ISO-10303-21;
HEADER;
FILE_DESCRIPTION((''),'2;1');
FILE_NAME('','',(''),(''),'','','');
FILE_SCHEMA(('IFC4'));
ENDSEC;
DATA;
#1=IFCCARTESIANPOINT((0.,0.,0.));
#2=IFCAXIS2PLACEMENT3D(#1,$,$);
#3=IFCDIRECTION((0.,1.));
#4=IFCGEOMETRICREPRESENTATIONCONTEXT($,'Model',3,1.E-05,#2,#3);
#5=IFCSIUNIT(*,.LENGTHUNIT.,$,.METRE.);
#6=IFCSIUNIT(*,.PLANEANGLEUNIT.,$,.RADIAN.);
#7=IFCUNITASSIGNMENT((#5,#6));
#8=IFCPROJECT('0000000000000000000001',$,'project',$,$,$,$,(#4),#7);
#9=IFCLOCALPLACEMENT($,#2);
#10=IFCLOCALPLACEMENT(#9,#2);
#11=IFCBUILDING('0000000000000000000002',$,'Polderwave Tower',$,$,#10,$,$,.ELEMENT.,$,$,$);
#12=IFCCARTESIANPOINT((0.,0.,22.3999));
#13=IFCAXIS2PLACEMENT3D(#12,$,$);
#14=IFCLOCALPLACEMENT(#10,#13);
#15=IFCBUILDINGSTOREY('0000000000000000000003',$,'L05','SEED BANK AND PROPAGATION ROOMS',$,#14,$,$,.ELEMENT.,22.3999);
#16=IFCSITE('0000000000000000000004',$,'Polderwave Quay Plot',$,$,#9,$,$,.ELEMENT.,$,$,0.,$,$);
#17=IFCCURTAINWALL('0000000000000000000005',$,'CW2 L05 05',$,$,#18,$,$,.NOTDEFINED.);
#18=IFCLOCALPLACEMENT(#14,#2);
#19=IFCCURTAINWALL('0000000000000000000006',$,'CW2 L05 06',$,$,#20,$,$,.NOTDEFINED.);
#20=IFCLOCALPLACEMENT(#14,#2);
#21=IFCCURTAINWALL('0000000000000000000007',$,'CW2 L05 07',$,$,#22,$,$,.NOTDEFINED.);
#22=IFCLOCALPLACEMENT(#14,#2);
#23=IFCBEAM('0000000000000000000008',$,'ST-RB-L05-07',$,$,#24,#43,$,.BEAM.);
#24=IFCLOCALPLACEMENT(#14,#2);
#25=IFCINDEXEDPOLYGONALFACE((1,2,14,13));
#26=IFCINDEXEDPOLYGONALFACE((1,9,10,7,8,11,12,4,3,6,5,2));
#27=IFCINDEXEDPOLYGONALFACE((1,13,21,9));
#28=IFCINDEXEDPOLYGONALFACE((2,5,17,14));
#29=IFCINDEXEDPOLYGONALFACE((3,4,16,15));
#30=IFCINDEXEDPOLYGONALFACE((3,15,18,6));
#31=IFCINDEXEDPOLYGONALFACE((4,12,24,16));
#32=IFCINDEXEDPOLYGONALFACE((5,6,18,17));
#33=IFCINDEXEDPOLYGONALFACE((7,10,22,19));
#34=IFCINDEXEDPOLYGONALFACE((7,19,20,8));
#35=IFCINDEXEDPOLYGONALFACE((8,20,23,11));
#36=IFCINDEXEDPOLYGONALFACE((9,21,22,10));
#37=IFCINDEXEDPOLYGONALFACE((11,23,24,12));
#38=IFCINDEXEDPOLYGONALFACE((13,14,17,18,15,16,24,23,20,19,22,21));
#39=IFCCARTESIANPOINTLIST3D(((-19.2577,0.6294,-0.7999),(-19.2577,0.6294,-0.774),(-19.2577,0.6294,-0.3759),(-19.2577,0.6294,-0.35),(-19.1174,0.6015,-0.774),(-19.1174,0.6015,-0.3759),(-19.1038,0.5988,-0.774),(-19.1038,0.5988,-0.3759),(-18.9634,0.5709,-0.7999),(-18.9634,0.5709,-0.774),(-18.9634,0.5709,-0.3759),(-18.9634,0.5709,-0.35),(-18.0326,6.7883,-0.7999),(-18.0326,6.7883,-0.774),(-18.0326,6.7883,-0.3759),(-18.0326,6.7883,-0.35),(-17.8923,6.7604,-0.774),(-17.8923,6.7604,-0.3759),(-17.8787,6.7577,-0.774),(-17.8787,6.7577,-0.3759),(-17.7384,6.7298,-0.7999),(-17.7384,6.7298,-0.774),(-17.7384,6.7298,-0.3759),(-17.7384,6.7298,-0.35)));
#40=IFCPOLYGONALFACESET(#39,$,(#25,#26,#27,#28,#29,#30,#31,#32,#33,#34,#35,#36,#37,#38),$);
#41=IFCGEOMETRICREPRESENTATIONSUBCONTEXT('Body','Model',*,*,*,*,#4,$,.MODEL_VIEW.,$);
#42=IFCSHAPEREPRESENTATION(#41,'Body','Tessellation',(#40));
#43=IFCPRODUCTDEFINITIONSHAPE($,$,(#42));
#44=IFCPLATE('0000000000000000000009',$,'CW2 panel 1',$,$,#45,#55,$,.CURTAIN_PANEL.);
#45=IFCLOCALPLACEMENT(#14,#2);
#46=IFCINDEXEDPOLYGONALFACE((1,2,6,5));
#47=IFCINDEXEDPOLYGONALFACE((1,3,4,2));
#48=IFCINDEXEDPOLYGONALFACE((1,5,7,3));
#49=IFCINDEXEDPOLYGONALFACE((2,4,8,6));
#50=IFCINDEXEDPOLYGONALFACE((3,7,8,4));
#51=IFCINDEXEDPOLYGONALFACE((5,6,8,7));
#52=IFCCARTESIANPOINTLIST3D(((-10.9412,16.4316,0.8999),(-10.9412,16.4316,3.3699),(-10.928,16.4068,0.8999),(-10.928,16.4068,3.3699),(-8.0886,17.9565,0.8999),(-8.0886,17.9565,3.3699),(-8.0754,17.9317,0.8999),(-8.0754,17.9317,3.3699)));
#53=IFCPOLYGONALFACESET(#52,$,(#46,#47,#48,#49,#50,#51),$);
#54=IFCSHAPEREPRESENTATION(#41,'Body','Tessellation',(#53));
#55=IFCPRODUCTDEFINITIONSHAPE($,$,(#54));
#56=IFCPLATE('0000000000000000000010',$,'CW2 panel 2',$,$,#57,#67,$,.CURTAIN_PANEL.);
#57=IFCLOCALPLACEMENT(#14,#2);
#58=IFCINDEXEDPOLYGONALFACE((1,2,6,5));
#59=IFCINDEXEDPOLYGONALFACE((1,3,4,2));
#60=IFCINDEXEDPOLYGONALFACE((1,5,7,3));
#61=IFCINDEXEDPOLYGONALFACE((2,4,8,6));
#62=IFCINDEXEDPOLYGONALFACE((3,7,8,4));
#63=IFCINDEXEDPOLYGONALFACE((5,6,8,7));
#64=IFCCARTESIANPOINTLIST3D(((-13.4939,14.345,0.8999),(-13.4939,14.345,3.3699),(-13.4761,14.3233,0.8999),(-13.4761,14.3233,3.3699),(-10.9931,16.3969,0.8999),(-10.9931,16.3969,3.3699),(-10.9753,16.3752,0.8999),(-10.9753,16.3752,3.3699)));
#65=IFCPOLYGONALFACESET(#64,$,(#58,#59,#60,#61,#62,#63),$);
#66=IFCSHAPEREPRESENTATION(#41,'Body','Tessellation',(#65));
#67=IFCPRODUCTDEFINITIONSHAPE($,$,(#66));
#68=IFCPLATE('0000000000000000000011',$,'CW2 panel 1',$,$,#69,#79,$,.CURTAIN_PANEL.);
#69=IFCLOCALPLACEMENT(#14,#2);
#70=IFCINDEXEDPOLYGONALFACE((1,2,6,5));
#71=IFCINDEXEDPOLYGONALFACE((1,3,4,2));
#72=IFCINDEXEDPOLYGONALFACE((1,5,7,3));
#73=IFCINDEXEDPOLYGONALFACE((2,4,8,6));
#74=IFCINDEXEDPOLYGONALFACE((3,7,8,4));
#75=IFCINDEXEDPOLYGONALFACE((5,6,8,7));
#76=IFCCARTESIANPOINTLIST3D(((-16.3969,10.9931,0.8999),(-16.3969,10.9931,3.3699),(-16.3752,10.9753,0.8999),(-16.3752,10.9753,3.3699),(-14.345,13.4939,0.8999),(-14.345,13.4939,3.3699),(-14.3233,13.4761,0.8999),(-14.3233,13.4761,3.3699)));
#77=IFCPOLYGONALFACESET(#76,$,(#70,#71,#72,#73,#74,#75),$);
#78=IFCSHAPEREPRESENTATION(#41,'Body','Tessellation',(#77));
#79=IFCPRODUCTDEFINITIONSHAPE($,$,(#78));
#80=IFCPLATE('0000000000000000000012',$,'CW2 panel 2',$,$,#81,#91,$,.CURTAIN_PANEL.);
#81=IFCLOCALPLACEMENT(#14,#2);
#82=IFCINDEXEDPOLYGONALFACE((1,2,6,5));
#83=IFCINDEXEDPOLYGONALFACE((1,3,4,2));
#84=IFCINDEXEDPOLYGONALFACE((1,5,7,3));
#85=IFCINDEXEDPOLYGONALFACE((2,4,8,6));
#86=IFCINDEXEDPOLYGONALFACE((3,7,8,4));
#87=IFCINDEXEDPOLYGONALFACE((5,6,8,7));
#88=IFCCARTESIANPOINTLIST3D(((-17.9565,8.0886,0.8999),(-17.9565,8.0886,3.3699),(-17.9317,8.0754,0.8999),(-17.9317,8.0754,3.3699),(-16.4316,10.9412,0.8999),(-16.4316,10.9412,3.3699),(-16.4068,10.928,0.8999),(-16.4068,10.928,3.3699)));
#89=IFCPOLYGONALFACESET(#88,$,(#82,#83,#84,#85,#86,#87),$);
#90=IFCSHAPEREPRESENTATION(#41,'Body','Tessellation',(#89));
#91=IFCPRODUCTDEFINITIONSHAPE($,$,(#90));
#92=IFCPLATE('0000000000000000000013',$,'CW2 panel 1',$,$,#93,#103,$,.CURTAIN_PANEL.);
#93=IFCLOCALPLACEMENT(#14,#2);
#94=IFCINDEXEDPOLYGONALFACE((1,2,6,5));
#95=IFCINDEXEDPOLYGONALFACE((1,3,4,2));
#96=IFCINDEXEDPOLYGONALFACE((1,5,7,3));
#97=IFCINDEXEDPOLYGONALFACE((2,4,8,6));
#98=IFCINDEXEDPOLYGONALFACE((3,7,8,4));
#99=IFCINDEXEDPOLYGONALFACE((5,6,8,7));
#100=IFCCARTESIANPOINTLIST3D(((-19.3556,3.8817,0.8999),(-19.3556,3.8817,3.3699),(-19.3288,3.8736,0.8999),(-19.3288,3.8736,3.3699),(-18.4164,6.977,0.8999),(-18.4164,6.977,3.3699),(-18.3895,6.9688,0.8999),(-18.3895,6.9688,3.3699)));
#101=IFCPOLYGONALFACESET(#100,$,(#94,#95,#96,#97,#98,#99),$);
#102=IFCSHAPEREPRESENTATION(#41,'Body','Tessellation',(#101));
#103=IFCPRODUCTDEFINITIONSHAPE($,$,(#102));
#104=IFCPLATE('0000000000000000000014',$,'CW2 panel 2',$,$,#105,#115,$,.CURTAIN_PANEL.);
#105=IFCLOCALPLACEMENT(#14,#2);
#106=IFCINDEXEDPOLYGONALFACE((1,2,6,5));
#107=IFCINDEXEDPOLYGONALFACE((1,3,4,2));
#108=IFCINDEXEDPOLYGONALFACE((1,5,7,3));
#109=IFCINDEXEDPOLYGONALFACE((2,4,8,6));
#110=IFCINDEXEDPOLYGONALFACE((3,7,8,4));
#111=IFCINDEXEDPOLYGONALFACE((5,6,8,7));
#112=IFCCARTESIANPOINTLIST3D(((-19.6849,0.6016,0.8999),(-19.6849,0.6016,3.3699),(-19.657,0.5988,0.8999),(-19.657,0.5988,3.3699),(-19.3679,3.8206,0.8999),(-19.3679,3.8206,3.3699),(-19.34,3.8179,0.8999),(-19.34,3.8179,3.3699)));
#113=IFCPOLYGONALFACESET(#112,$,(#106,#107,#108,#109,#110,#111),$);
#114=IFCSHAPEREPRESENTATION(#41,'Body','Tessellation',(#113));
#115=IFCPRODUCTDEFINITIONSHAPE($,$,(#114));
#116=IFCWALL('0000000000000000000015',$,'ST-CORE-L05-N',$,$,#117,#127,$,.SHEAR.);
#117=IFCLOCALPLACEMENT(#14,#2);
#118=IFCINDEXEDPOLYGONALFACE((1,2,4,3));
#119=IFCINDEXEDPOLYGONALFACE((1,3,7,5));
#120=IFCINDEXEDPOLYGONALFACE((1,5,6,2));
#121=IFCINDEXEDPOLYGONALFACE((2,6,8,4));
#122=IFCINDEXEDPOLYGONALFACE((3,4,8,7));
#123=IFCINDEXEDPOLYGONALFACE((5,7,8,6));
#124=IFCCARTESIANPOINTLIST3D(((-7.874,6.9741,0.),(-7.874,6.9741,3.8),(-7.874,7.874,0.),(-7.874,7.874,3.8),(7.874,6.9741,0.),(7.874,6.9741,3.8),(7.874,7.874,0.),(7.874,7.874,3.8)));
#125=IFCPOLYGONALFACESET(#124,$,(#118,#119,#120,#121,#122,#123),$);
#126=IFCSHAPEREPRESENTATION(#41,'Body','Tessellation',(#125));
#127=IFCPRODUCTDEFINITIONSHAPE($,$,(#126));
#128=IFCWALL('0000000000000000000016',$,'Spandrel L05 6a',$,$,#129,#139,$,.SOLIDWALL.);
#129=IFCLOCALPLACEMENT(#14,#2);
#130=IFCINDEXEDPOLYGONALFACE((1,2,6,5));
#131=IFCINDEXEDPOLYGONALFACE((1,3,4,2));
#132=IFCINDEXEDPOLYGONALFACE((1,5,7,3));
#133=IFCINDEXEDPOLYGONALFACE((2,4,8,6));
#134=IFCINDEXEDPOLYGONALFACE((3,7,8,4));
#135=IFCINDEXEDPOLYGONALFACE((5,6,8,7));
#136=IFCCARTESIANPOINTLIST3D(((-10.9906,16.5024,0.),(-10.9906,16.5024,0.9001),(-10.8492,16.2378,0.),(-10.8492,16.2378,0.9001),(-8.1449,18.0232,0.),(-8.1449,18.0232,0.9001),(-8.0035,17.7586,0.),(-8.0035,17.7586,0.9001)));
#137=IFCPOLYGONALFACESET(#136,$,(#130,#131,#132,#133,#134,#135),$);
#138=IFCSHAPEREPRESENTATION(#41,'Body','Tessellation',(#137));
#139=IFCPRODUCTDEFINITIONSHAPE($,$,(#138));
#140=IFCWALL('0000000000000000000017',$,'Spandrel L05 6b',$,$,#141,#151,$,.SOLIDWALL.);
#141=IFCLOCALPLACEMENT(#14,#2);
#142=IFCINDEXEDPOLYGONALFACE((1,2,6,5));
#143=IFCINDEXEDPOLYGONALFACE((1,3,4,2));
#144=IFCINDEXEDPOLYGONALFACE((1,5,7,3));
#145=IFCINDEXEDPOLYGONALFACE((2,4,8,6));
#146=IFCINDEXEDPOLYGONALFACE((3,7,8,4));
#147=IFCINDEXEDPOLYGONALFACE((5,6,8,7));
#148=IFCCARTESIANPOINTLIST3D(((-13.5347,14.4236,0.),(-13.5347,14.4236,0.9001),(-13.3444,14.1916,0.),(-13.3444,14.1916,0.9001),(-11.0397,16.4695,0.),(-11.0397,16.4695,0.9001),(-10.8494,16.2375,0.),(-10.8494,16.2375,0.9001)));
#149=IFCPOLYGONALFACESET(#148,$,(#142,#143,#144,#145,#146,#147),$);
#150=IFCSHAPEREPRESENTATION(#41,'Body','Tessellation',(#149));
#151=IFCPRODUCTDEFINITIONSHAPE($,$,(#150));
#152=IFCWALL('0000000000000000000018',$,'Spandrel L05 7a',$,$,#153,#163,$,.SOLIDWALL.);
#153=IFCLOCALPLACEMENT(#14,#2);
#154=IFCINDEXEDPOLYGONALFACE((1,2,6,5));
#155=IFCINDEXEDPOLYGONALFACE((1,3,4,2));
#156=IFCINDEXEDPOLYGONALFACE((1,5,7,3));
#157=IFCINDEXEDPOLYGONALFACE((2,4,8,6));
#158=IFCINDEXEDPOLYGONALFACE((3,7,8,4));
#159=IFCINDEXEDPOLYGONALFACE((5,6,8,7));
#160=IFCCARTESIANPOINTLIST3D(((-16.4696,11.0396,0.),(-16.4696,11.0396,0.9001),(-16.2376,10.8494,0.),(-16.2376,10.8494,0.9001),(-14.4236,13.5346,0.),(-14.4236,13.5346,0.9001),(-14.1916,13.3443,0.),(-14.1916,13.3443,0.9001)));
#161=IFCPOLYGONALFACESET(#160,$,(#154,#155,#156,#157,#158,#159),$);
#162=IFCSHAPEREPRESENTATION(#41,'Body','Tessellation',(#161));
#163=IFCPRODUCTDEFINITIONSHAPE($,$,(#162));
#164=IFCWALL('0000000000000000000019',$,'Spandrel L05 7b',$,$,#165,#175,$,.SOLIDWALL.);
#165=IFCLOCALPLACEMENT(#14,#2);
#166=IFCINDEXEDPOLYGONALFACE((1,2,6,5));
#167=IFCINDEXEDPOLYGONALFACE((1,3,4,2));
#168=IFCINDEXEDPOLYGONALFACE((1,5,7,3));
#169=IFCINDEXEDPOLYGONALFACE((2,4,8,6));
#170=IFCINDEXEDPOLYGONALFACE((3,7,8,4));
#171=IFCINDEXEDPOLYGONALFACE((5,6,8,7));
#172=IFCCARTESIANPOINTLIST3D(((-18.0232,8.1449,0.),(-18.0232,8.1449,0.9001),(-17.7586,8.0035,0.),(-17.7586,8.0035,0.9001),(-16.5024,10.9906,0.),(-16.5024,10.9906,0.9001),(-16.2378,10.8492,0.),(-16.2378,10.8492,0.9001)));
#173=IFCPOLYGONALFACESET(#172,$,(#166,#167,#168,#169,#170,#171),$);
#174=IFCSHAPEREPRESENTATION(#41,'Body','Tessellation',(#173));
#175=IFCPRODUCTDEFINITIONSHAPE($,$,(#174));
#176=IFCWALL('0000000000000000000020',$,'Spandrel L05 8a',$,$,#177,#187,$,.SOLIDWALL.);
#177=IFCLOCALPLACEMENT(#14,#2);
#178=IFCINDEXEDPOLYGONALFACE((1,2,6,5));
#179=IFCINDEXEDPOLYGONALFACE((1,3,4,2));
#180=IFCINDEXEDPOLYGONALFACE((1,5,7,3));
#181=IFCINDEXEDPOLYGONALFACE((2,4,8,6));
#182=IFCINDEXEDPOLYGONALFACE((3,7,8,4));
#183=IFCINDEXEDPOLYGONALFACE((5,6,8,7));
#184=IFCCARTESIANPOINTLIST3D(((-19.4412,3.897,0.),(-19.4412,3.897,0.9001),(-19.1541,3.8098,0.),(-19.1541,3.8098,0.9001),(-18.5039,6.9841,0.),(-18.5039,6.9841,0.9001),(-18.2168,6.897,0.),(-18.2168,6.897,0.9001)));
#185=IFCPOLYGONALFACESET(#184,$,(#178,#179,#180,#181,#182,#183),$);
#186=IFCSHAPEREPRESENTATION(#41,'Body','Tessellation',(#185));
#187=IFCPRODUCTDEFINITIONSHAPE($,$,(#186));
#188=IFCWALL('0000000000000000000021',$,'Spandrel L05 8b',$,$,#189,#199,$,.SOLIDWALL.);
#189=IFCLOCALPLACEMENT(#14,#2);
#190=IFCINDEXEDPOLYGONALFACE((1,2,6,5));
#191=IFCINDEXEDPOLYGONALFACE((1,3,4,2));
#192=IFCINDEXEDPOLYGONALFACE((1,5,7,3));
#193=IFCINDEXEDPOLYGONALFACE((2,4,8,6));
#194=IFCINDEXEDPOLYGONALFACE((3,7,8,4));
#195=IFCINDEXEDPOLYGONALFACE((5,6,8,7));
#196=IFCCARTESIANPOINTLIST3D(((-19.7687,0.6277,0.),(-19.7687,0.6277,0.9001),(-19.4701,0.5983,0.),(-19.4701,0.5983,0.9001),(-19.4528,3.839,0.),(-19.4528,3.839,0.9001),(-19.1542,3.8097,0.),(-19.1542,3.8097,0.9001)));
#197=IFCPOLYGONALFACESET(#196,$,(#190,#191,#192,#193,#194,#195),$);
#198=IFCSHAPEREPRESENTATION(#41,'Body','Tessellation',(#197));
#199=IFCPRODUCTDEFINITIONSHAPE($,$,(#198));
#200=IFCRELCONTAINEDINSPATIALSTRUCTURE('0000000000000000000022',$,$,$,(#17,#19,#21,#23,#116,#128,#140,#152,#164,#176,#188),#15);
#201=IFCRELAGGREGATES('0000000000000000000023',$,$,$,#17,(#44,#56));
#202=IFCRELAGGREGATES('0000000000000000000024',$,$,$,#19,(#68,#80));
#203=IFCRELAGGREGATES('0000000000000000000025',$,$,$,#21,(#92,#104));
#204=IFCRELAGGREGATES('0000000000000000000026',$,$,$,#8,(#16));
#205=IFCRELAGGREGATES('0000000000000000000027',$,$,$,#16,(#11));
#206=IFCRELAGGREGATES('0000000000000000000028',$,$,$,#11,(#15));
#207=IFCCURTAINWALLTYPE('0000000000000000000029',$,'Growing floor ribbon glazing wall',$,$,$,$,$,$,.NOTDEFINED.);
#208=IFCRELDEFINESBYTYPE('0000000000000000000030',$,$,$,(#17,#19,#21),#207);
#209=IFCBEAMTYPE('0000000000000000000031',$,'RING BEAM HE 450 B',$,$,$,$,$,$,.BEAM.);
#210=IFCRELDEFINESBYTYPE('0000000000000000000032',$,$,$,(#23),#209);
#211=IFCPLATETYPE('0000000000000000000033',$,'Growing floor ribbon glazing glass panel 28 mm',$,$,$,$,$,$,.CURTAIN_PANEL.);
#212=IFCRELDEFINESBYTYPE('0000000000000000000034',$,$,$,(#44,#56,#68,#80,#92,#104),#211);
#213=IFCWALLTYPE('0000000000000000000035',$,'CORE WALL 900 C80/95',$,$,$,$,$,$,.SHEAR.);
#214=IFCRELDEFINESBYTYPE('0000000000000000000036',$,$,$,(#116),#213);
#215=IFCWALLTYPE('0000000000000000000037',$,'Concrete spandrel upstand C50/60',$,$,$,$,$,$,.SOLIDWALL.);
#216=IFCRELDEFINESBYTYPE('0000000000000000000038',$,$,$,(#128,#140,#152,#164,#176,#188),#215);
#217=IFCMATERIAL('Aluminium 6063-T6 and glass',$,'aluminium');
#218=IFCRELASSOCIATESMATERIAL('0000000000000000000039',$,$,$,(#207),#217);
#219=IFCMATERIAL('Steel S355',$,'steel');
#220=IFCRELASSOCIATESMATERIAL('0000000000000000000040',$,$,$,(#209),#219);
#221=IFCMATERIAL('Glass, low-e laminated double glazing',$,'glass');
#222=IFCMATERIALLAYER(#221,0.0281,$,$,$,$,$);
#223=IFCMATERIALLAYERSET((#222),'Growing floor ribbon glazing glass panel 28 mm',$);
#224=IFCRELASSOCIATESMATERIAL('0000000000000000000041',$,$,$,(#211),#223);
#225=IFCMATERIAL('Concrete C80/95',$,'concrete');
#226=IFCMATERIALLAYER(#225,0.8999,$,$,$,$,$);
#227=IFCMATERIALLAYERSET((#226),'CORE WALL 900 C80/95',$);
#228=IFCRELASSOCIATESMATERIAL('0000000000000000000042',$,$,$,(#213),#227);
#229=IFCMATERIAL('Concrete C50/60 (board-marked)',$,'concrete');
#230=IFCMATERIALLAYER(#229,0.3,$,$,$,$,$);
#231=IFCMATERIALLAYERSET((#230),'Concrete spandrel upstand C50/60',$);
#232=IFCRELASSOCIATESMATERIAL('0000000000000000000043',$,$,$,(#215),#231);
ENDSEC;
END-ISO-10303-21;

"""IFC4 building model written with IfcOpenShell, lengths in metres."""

from ifc_helpers import new_model, si_unit, direction, frame, frame_2d, origin, origin_2d, place, context, subcontext, project, spatial, rectangle, i_section, extrude, material, layer, layer_set, material_profile, profile_set, type_object, element, aggregate, save


model = new_model("IFC4")

# Units and contexts
model_context = context("Model", 3, precision=1e-05, world=origin(), true_north=direction((0.0, 1.0)))
body_context = subcontext(model_context, "Body", "Model", "MODEL_VIEW")
ifc_project = project(units=[si_unit("LENGTHUNIT", "METRE"), si_unit("PLANEANGLEUNIT", "RADIAN")], contexts=[model_context])

# Site, building, storey
site_placement = place(None, origin())
site = spatial("IfcSite", under=ifc_project, at=site_placement, Name="Polderwave Quay Plot", CompositionType="ELEMENT", RefElevation=0.0)
building_placement = place(site_placement, origin())
building = spatial("IfcBuilding", under=site, at=building_placement, Name="Polderwave Tower", CompositionType="ELEMENT")
storey_placement = place(building_placement, frame((0.0, 0.0, 22.3999)))
storey = spatial("IfcBuildingStorey", under=building, at=storey_placement, Name="L05", Description="SEED BANK AND PROPAGATION ROOMS", CompositionType="ELEMENT", Elevation=22.3999)

# Curtain walls
ifc_material_1 = material(Name="Aluminium 6063-T6 and glass", Category="aluminium")
curtain_wall_type = type_object("IfcCurtainWallType", Name="Growing floor ribbon glazing wall", PredefinedType="NOTDEFINED", material=ifc_material_1)
curtain_wall_1_placement = place(storey_placement, origin())
curtain_wall_1 = element("IfcCurtainWall", 1, at=curtain_wall_1_placement, inside=storey, type_object=curtain_wall_type, Name="CW2 L05 05", PredefinedType="NOTDEFINED")
curtain_wall_2_placement = place(storey_placement, origin())
curtain_wall_2 = element("IfcCurtainWall", 2, at=curtain_wall_2_placement, inside=storey, type_object=curtain_wall_type, Name="CW2 L05 06", PredefinedType="NOTDEFINED")
curtain_wall_3_placement = place(storey_placement, origin())
curtain_wall_3 = element("IfcCurtainWall", 3, at=curtain_wall_3_placement, inside=storey, type_object=curtain_wall_type, Name="CW2 L05 07", PredefinedType="NOTDEFINED")

# Beam
ifc_material_2 = material(Name="Steel S355", Category="steel")
ifc_material_profile_1 = material_profile(ifc_material_2, i_section(OverallWidth=0.3, OverallDepth=0.45, WebThickness=0.0139, FlangeThickness=0.0259, at=origin_2d()), Name="HE 450 B")
ifc_profile_set_1 = profile_set([ifc_material_profile_1], Name="Steel S355")
beam_type = type_object("IfcBeamType", Name="RING BEAM HE 450 B", PredefinedType="BEAM", material=ifc_profile_set_1)
beam_placement = place(storey_placement, frame((-17.8855, 6.759, -0.575), z_axis=(-0.195092, -0.980785, 0.0), x_axis=(0.980785, -0.195092, 0.0)))
element("IfcBeam", 4, at=beam_placement, inside=storey, type_object=beam_type, Name="ST-RB-L05-07", PredefinedType="BEAM", context=body_context, shape_type="SweptSolid", body=[
    extrude(i_section(OverallWidth=0.3, OverallDepth=0.45, WebThickness=0.0139, FlangeThickness=0.0259, at=origin_2d()), origin(), (0.0, 0.0, 1.0), 6.2795),
])

# Plates
ifc_material_3 = material(Name="Glass, low-e laminated double glazing", Category="glass")
ifc_layer_1 = layer(ifc_material_3, 0.0281)
ifc_layer_set_1 = layer_set([ifc_layer_1], Name="Growing floor ribbon glazing glass panel 28 mm")
plate_type = type_object("IfcPlateType", Name="Growing floor ribbon glazing glass panel 28 mm", PredefinedType="CURTAIN_PANEL", material=ifc_layer_set_1)
plate_1_placement = place(storey_placement, frame((-9.5083, 17.1816, 0.8999), z_axis=(0.0, 0.0, 1.0), x_axis=(-0.881903, -0.471431, 0.0)))
plate_1 = element("IfcPlate", 5, at=plate_1_placement, type_object=plate_type, Name="CW2 panel 1", PredefinedType="CURTAIN_PANEL", context=body_context, shape_type="SweptSolid", body=[
    extrude(rectangle(XDim=3.2346, YDim=0.0281, at=origin_2d()), origin(), (0.0, 0.0, 1.0), 2.47),
])
plate_2_placement = place(storey_placement, frame((-12.2346, 15.3601, 0.8999), z_axis=(0.0, 0.0, 1.0), x_axis=(-0.773069, -0.634322, 0.0)))
plate_2 = element("IfcPlate", 6, at=plate_2_placement, type_object=plate_type, Name="CW2 panel 2", PredefinedType="CURTAIN_PANEL", context=body_context, shape_type="SweptSolid", body=[
    extrude(rectangle(XDim=3.2349, YDim=0.0281, at=origin_2d()), origin(), (0.0, 0.0, 1.0), 2.47),
])
aggregate(curtain_wall_1, [plate_1, plate_2])
plate_3_placement = place(storey_placement, frame((-15.3601, 12.2346, 0.8999), z_axis=(0.0, 0.0, 1.0), x_axis=(-0.634322, -0.773069, 0.0)))
plate_3 = element("IfcPlate", 7, at=plate_3_placement, type_object=plate_type, Name="CW2 panel 1", PredefinedType="CURTAIN_PANEL", context=body_context, shape_type="SweptSolid", body=[
    extrude(rectangle(XDim=3.2349, YDim=0.0281, at=origin_2d()), origin(), (0.0, 0.0, 1.0), 2.47),
])
plate_4_placement = place(storey_placement, frame((-17.1816, 9.5083, 0.8999), z_axis=(0.0, 0.0, 1.0), x_axis=(-0.471431, -0.881903, 0.0)))
plate_4 = element("IfcPlate", 8, at=plate_4_placement, type_object=plate_type, Name="CW2 panel 2", PredefinedType="CURTAIN_PANEL", context=body_context, shape_type="SweptSolid", body=[
    extrude(rectangle(XDim=3.2346, YDim=0.0281, at=origin_2d()), origin(), (0.0, 0.0, 1.0), 2.47),
])
aggregate(curtain_wall_2, [plate_3, plate_4])
plate_5_placement = place(storey_placement, frame((-18.8726, 5.4253, 0.8999), z_axis=(0.0, 0.0, 1.0), x_axis=(-0.290382, -0.956911, 0.0)))
plate_5 = element("IfcPlate", 9, at=plate_5_placement, type_object=plate_type, Name="CW2 panel 1", PredefinedType="CURTAIN_PANEL", context=body_context, shape_type="SweptSolid", body=[
    extrude(rectangle(XDim=3.2346, YDim=0.0281, at=origin_2d()), origin(), (0.0, 0.0, 1.0), 2.47),
])
plate_6_placement = place(storey_placement, frame((-19.5125, 2.2097, 0.8999), z_axis=(0.0, 0.0, 1.0), x_axis=(-0.098017, -0.995185, 0.0)))
plate_6 = element("IfcPlate", 10, at=plate_6_placement, type_object=plate_type, Name="CW2 panel 2", PredefinedType="CURTAIN_PANEL", context=body_context, shape_type="SweptSolid", body=[
    extrude(rectangle(XDim=3.2346, YDim=0.0281, at=origin_2d()), origin(), (0.0, 0.0, 1.0), 2.47),
])
aggregate(curtain_wall_3, [plate_5, plate_6])

# Walls
ifc_material_4 = material(Name="Concrete C80/95", Category="concrete")
ifc_layer_2 = layer(ifc_material_4, 0.8999)
ifc_layer_set_2 = layer_set([ifc_layer_2], Name="CORE WALL 900 C80/95")
wall_type_1 = type_object("IfcWallType", Name="CORE WALL 900 C80/95", PredefinedType="SHEAR", material=ifc_layer_set_2)
wall_1_placement = place(storey_placement, frame((-7.874, 7.4241, 0.0), z_axis=(0.0, 0.0, 1.0), x_axis=(1.0, 0.0, 0.0)))
element("IfcWall", 11, at=wall_1_placement, inside=storey, type_object=wall_type_1, Name="ST-CORE-L05-N", PredefinedType="SHEAR", context=body_context, shape_type="SweptSolid", body=[
    extrude(rectangle(XDim=15.748, YDim=0.8999, at=frame_2d((7.874, 0.0))), origin(), (0.0, 0.0, 1.0), 3.8),
])
ifc_material_5 = material(Name="Concrete C50/60 (board-marked)", Category="concrete")
ifc_layer_3 = layer(ifc_material_5, 0.3)
ifc_layer_set_3 = layer_set([ifc_layer_3], Name="Concrete spandrel upstand C50/60")
wall_type_2 = type_object("IfcWallType", Name="Concrete spandrel upstand C50/60", PredefinedType="SOLIDWALL", material=ifc_layer_set_3)
for number, where, z_axis, x_axis, name in (
    (12, (-8.0742, 17.8909, 0.0), (0.0, 0.0, 1.0), (-0.881961, -0.471322, 0.0), "Spandrel L05 6a"),
    (13, (-10.9446, 16.3535, 0.0), (0.0, 0.0, 1.0), (-0.773252, -0.634099, 0.0), "Spandrel L05 6b"),
    (14, (-14.3076, 13.4395, 0.0), (0.0, 0.0, 1.0), (-0.634099, -0.773252, 0.0), "Spandrel L05 7a"),
    (15, (-16.3701, 10.9199, 0.0), (0.0, 0.0, 1.0), (-0.471322, -0.881961, 0.0), "Spandrel L05 7b"),
):
    element("IfcWall", number, at=place(storey_placement, frame(where, z_axis=z_axis, x_axis=x_axis)), inside=storey, type_object=wall_type_2, Name=name, PredefinedType="SOLIDWALL", context=body_context, shape_type="SweptSolid", body=[
        extrude(rectangle(XDim=3.2266, YDim=0.3, at=frame_2d((1.6133, 0.0))), origin(), (0.0, 0.0, 1.0), 0.9001),
    ])
wall_2_placement = place(storey_placement, frame((-18.3604, 6.9407, 0.0), z_axis=(0.0, 0.0, 1.0), x_axis=(-0.290505, -0.956873, 0.0)))
element("IfcWall", 16, at=wall_2_placement, inside=storey, type_object=wall_type_2, Name="Spandrel L05 8a", PredefinedType="SOLIDWALL", context=body_context, shape_type="SweptSolid", body=[
    extrude(rectangle(XDim=3.2263, YDim=0.3, at=frame_2d((1.6133, 0.0))), origin(), (0.0, 0.0, 1.0), 0.9001),
])
wall_3_placement = place(storey_placement, frame((-19.3035, 3.8242, 0.0), z_axis=(0.0, 0.0, 1.0), x_axis=(-0.097901, -0.995196, 0.0)))
element("IfcWall", 17, at=wall_3_placement, inside=storey, type_object=wall_type_2, Name="Spandrel L05 8b", PredefinedType="SOLIDWALL", context=body_context, shape_type="SweptSolid", body=[
    extrude(rectangle(XDim=3.2268, YDim=0.3, at=frame_2d((1.6133, 0.0))), origin(), (0.0, 0.0, 1.0), 0.9001),
])

save(model, "model.ifc")
